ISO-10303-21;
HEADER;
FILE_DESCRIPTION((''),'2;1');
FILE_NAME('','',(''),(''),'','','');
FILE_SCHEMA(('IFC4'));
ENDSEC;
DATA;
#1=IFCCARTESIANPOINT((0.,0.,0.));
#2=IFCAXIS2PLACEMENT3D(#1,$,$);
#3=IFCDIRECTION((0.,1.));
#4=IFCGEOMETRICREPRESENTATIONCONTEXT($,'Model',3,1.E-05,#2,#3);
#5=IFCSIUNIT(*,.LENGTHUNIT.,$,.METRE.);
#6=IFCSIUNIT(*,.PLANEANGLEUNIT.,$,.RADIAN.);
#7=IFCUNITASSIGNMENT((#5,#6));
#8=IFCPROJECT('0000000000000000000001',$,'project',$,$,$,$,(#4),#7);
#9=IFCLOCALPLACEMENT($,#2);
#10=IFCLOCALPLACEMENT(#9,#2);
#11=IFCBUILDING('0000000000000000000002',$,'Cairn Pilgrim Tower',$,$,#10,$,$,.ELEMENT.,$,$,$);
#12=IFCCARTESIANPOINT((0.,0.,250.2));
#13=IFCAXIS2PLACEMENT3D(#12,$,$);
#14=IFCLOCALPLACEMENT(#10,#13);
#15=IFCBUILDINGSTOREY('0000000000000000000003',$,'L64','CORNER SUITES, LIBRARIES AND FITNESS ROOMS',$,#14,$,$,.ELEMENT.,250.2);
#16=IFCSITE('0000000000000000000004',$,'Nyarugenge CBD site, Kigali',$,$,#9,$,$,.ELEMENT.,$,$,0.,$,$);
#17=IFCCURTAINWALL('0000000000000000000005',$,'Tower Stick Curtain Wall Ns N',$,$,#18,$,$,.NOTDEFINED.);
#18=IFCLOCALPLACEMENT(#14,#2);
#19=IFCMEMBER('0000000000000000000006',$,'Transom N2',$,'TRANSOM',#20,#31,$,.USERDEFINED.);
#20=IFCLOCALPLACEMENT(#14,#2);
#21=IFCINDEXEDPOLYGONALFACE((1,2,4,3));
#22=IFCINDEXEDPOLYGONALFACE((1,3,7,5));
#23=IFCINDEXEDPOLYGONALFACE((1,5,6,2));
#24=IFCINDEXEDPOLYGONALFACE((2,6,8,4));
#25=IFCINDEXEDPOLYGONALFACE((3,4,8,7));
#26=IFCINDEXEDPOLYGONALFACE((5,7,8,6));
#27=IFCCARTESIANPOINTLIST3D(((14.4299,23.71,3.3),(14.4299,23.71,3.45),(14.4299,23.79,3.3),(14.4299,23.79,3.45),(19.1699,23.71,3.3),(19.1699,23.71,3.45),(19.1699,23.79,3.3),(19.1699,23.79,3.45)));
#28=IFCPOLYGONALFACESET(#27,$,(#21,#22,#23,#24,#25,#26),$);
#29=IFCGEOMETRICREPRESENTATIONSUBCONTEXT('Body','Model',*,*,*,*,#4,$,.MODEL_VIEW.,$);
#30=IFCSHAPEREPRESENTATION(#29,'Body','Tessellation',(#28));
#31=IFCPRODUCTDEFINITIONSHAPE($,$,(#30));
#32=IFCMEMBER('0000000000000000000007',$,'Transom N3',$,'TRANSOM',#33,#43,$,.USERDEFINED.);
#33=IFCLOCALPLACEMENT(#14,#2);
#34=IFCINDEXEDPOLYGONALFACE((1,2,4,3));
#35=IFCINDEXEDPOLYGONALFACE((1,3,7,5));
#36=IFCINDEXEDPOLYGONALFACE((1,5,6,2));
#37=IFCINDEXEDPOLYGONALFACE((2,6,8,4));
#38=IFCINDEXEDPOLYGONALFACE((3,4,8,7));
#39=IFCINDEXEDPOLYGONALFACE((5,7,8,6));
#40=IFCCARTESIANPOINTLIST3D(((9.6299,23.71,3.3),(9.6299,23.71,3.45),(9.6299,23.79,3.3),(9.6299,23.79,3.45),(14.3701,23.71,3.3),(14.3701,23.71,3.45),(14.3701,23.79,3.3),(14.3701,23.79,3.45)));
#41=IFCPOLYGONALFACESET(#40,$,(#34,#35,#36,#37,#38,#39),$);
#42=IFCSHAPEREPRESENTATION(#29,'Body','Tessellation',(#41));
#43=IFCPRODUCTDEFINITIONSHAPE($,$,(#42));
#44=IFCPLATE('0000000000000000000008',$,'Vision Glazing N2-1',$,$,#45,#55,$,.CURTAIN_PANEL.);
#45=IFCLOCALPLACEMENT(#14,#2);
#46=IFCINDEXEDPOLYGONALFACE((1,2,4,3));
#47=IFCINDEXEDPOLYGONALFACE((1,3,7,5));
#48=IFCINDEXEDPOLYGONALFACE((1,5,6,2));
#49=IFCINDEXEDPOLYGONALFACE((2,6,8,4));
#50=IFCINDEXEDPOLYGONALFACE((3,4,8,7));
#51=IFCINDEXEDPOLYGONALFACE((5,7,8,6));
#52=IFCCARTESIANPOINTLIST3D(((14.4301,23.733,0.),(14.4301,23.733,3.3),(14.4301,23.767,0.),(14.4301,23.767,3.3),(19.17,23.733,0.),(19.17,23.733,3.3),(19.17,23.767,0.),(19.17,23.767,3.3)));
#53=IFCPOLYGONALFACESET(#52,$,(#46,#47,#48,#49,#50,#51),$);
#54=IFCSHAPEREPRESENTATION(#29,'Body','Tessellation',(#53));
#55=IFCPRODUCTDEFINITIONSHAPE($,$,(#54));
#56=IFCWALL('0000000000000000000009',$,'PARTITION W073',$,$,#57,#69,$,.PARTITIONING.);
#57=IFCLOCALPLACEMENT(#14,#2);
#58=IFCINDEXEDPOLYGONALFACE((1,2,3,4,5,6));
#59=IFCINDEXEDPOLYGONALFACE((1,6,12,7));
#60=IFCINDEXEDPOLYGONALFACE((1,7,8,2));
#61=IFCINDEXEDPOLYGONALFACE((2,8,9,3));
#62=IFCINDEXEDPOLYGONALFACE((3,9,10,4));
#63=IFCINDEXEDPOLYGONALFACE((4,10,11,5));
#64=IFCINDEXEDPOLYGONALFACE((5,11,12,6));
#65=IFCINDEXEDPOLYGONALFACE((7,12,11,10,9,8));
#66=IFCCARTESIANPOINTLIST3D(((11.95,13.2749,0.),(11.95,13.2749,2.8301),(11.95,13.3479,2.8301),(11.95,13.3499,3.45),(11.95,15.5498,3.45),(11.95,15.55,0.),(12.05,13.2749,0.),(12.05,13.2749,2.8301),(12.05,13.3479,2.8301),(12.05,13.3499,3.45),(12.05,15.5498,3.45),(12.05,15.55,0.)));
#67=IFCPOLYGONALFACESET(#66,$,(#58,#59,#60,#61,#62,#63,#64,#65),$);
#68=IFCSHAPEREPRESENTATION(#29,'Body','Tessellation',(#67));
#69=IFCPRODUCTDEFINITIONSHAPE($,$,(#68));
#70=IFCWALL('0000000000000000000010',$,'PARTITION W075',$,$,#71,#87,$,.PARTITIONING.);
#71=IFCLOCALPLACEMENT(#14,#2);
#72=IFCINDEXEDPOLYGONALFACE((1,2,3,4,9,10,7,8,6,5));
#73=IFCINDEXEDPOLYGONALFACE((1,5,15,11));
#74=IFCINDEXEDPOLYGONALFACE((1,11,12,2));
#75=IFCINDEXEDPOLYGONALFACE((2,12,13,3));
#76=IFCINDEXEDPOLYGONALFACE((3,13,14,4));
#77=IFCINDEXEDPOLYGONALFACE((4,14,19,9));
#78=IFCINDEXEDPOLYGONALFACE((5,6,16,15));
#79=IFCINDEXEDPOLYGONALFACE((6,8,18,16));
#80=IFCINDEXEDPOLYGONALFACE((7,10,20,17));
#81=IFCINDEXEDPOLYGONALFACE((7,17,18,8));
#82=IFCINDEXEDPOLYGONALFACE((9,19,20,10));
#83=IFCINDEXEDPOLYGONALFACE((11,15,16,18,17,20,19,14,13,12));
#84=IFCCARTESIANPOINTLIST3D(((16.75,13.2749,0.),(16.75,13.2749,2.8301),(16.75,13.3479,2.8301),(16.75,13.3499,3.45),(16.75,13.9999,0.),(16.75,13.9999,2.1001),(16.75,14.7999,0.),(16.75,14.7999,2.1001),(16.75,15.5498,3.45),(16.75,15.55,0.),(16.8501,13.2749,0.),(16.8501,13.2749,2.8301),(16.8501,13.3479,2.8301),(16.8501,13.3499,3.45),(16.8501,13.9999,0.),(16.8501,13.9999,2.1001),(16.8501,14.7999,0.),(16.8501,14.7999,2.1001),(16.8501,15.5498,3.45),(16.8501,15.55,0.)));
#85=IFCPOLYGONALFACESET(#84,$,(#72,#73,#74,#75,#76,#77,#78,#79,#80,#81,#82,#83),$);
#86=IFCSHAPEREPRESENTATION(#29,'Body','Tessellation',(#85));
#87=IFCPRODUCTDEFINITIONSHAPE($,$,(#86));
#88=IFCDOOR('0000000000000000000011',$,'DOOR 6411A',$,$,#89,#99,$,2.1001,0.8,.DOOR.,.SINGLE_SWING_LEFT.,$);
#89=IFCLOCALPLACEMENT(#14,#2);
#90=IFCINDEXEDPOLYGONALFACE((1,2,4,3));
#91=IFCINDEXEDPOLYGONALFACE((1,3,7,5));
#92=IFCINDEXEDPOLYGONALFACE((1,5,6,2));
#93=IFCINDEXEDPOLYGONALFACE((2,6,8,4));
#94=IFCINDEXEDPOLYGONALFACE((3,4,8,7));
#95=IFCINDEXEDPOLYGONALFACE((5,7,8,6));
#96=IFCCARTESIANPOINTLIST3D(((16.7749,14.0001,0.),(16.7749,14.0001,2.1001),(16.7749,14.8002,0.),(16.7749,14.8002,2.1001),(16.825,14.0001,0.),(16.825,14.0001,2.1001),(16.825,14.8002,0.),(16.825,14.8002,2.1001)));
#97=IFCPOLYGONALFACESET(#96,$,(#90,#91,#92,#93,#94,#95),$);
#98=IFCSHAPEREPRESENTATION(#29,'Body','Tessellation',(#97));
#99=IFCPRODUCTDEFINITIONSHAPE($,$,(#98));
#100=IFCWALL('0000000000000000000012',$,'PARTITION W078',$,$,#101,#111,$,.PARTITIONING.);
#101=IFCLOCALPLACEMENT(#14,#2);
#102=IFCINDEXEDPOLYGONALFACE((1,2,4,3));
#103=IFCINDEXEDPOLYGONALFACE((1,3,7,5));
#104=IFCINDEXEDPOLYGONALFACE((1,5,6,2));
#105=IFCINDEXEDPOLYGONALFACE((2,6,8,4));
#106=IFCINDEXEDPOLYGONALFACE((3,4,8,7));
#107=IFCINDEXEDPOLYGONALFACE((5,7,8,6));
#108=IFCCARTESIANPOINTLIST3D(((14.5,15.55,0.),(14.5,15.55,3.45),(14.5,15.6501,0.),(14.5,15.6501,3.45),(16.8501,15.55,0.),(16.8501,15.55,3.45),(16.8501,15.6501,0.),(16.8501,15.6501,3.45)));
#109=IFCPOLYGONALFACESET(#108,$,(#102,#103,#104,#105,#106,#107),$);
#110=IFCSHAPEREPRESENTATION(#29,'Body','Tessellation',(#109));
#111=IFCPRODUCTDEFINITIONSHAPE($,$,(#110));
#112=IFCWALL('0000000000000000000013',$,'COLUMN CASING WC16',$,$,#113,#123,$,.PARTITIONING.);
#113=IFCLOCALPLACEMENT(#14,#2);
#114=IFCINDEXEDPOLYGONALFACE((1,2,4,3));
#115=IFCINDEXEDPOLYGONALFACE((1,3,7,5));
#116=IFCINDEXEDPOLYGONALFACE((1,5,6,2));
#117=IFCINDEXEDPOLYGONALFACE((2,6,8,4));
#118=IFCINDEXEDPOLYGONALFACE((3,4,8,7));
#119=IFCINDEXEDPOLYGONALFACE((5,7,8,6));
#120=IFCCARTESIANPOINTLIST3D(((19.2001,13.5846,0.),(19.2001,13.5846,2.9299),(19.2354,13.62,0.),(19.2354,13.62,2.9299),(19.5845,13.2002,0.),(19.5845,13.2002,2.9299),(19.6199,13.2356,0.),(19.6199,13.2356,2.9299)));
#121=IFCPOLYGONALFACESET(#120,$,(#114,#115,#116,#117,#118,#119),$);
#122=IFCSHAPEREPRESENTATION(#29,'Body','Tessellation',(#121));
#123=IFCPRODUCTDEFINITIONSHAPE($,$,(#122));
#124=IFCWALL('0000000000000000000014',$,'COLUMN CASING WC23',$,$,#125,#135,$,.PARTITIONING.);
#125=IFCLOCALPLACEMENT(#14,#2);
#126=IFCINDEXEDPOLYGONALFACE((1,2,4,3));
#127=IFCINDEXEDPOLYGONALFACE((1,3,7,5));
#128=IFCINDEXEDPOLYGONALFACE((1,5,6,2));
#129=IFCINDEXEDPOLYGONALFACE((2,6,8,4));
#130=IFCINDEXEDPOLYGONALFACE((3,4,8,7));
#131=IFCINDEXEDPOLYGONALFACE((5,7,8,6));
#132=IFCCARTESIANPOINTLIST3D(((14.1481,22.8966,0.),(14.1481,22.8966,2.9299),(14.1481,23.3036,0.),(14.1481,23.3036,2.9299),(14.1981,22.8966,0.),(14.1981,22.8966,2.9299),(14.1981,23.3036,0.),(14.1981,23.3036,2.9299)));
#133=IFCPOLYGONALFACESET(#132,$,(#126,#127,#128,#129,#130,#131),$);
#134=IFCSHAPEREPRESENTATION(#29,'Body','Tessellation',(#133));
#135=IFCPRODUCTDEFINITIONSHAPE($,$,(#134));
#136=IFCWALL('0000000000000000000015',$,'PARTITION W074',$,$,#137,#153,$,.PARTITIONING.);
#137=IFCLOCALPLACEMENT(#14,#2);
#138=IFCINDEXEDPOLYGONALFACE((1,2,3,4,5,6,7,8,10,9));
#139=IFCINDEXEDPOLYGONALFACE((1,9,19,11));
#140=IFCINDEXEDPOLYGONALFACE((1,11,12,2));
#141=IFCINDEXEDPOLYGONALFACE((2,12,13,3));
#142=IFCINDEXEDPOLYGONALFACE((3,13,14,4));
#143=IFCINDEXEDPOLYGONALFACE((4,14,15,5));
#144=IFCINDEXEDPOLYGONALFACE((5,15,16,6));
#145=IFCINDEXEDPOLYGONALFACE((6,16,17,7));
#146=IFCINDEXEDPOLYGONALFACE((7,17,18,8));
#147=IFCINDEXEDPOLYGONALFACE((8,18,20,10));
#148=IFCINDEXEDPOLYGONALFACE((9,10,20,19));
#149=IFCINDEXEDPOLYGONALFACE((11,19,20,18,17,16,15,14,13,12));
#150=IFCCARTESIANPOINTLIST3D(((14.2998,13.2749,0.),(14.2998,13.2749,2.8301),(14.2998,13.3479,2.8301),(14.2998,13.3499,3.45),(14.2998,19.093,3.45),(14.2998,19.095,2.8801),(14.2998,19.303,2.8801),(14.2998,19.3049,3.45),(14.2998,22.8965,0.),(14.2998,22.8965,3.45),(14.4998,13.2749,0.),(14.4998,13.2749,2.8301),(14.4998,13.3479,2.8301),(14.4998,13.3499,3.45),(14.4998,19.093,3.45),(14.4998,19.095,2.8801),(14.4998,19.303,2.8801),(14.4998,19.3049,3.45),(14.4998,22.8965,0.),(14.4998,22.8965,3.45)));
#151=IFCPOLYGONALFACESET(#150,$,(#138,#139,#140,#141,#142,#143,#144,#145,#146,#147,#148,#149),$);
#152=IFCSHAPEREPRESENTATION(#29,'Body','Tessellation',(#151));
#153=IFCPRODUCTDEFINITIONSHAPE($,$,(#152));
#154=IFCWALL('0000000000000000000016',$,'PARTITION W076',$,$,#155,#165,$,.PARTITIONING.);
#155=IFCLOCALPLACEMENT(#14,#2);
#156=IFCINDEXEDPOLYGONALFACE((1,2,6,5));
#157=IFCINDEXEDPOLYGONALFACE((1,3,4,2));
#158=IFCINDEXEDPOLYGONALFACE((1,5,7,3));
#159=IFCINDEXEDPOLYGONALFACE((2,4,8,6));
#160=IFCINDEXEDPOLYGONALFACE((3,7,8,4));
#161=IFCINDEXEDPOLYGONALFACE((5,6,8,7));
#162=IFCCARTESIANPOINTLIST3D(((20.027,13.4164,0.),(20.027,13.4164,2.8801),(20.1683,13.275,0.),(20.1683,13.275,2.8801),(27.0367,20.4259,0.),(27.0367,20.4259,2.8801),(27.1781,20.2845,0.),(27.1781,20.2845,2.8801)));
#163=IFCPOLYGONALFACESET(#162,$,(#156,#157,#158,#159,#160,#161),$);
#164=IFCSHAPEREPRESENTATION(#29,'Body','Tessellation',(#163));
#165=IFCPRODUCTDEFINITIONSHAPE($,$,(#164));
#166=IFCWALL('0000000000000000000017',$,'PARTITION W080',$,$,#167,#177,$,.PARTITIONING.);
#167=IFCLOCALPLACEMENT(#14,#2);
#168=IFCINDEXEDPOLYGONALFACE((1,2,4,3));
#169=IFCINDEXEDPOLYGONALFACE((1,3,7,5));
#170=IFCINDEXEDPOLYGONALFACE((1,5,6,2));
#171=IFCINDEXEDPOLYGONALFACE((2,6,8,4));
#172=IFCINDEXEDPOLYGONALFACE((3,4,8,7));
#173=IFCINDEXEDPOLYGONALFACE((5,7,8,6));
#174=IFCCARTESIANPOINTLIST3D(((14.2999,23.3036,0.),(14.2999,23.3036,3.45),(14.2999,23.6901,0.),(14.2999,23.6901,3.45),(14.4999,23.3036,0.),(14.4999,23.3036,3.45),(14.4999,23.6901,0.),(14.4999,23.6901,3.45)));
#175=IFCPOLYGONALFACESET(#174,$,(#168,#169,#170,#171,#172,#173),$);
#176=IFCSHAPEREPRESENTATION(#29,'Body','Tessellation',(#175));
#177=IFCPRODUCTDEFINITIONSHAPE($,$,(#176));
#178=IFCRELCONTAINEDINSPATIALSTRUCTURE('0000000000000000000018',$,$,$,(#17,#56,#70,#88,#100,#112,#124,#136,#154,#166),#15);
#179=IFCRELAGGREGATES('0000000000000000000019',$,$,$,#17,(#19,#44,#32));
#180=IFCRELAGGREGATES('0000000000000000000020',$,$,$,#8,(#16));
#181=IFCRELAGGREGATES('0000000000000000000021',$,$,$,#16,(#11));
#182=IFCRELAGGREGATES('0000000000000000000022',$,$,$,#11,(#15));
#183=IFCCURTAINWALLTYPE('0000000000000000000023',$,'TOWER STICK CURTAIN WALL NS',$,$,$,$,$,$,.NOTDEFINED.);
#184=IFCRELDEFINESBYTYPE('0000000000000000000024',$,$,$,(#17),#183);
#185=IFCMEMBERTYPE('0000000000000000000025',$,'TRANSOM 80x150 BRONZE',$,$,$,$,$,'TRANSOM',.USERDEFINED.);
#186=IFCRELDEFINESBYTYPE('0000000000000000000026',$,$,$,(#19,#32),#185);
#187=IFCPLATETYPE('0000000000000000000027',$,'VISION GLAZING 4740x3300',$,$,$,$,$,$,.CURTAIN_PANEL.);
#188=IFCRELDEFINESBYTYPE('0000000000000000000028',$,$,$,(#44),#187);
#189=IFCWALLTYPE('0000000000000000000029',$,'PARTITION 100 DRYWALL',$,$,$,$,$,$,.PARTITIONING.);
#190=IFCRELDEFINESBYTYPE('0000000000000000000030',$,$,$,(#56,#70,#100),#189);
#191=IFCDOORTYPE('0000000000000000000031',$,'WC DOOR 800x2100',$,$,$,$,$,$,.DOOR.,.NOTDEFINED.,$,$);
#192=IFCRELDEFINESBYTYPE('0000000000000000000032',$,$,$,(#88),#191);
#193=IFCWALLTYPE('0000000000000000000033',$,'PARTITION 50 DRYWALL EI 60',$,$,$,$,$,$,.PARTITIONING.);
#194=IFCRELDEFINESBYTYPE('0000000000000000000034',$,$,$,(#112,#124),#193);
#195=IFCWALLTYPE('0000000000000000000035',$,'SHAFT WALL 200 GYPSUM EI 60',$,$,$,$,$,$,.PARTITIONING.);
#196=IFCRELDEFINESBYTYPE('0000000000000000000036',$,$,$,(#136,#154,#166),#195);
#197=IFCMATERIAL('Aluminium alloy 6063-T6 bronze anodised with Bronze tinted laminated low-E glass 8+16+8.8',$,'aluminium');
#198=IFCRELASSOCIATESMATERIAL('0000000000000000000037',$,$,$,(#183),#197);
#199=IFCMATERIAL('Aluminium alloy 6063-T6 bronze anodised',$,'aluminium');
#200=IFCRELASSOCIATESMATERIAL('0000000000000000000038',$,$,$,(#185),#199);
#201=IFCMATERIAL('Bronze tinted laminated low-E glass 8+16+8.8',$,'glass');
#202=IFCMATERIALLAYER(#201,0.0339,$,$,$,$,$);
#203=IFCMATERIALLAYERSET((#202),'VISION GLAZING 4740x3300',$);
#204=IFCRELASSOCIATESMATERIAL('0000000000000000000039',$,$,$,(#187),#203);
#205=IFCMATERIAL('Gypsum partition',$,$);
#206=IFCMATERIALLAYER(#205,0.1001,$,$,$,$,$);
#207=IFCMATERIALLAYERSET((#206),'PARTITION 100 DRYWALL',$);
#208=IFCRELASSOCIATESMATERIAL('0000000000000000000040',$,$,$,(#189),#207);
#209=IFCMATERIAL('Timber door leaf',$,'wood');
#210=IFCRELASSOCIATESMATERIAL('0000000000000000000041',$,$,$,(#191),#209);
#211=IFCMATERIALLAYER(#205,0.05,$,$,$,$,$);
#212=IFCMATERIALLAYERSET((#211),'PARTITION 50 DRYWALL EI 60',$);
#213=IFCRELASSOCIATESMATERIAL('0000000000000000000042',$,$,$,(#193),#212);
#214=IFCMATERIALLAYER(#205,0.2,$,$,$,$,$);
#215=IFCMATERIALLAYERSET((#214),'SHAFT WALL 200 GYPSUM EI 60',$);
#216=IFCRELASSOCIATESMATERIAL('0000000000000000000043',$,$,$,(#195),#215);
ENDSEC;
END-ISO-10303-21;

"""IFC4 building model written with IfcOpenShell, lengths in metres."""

from ifc_helpers import new_model, si_unit, direction, frame, frame_2d, origin, origin_2d, place, context, subcontext, project, spatial, polyline, rectangle, outline, extrude, material, layer, layer_set, material_profile, profile_set, type_object, element, fill, aggregate, save


model = new_model("IFC4")

# Units and contexts
model_context = context("Model", 3, precision=1e-05, world=origin(), true_north=direction((0.0, 1.0)))
body_context = subcontext(model_context, "Body", "Model", "MODEL_VIEW")
ifc_project = project(units=[si_unit("LENGTHUNIT", "METRE"), si_unit("PLANEANGLEUNIT", "RADIAN")], contexts=[model_context])

# Site, building, storey
site_placement = place(None, origin())
site = spatial("IfcSite", under=ifc_project, at=site_placement, Name="Nyarugenge CBD site, Kigali", CompositionType="ELEMENT", RefElevation=0.0)
building_placement = place(site_placement, origin())
building = spatial("IfcBuilding", under=site, at=building_placement, Name="Cairn Pilgrim Tower", CompositionType="ELEMENT")
storey_placement = place(building_placement, frame((0.0, 0.0, 250.2)))
storey = spatial("IfcBuildingStorey", under=building, at=storey_placement, Name="L64", Description="CORNER SUITES, LIBRARIES AND FITNESS ROOMS", CompositionType="ELEMENT", Elevation=250.2)

# Shared definitions
ifc_material_1 = material(Name="Aluminium alloy 6063-T6 bronze anodised with Bronze tinted laminated low-E glass 8+16+8.8", Category="aluminium")
ifc_material_2 = material(Name="Aluminium alloy 6063-T6 bronze anodised", Category="aluminium")

# Curtain wall
curtain_wall_type_1 = type_object("IfcCurtainWallType", Name="TOWER STICK CURTAIN WALL NS", PredefinedType="NOTDEFINED", material=ifc_material_1)
curtain_wall_1_placement = place(storey_placement, origin())
curtain_wall_1 = element("IfcCurtainWall", 1, at=curtain_wall_1_placement, inside=storey, type_object=curtain_wall_type_1, Name="Tower Stick Curtain Wall Ns N", PredefinedType="NOTDEFINED")

# Members
ifc_material_profile_1 = material_profile(ifc_material_2, rectangle(XDim=0.0801, YDim=0.1499, at=origin_2d()), Name="TRANSOM 80x150 BRONZE")
ifc_profile_set_1 = profile_set([ifc_material_profile_1], Name="Aluminium alloy 6063-T6 bronze anodised")
member_type_1 = type_object("IfcMemberType", Name="TRANSOM 80x150 BRONZE", ElementType="TRANSOM", PredefinedType="USERDEFINED", material=ifc_profile_set_1)
member_1_placement = place(storey_placement, frame((19.1699, 23.75, 3.375), z_axis=(-1.0, 0.0, 0.0), x_axis=(0.0, -1.0, 0.0)))
member_1 = element("IfcMember", 2, at=member_1_placement, type_object=member_type_1, Name="Transom N2", ObjectType="TRANSOM", PredefinedType="USERDEFINED", context=body_context, shape_type="SweptSolid", body=[
    extrude(rectangle(XDim=0.0801, YDim=0.1499, at=origin_2d()), origin(), (0.0, 0.0, 1.0), 4.74),
])
member_2_placement = place(storey_placement, frame((14.3701, 23.75, 3.375), z_axis=(-1.0, 0.0, 0.0), x_axis=(0.0, -1.0, 0.0)))
member_2 = element("IfcMember", 3, at=member_2_placement, type_object=member_type_1, Name="Transom N3", ObjectType="TRANSOM", PredefinedType="USERDEFINED", context=body_context, shape_type="SweptSolid", body=[
    extrude(rectangle(XDim=0.0801, YDim=0.1499, at=origin_2d()), origin(), (0.0, 0.0, 1.0), 4.7402),
])

# Plate
ifc_material_3 = material(Name="Bronze tinted laminated low-E glass 8+16+8.8", Category="glass")
ifc_layer_1 = layer(ifc_material_3, 0.0339)
ifc_layer_set_1 = layer_set([ifc_layer_1], Name="VISION GLAZING 4740x3300")
plate_type = type_object("IfcPlateType", Name="VISION GLAZING 4740x3300", PredefinedType="CURTAIN_PANEL", material=ifc_layer_set_1)
plate_placement = place(storey_placement, frame((16.8, 23.75, 0.0), z_axis=(0.0, 0.0, 1.0), x_axis=(-1.0, 0.0, 0.0)))
plate = element("IfcPlate", 4, at=plate_placement, type_object=plate_type, Name="Vision Glazing N2-1", PredefinedType="CURTAIN_PANEL", context=body_context, shape_type="SweptSolid", body=[
    extrude(rectangle(XDim=4.74, YDim=0.0339, at=origin_2d()), origin(), (0.0, 0.0, 1.0), 3.3),
])
aggregate(curtain_wall_1, [member_1, plate, member_2])

# Wall
ifc_material_4 = material(Name="Gypsum partition")
ifc_layer_2 = layer(ifc_material_4, 0.1001)
ifc_layer_set_2 = layer_set([ifc_layer_2], Name="PARTITION 100 DRYWALL")
wall_type_1 = type_object("IfcWallType", Name="PARTITION 100 DRYWALL", PredefinedType="PARTITIONING", material=ifc_layer_set_2)
wall_1_placement = place(storey_placement, frame((12.0, 13.2749, 0.0), z_axis=(0.0, 0.0, 1.0), x_axis=(0.0, 1.0, 0.0)))
element("IfcWall", 5, at=wall_1_placement, inside=storey, type_object=wall_type_1, Name="PARTITION W073", PredefinedType="PARTITIONING", context=body_context, shape_type="SweptSolid", body=[
    extrude(outline(polyline([(0.0, 0.0), (2.2751, 0.0), (2.2749, 3.45), (0.075, 3.45), (0.073, 2.8301), (0.0, 2.8301), (0.0, 0.0)])), frame((0.0, 0.05, 0.0), z_axis=(0.0, -1.0, 0.0), x_axis=(1.0, 0.0, 0.0)), (0.0, 0.0, 1.0), 0.1001),
])

# Wall, opening, door
wall_2_placement = place(storey_placement, frame((16.8, 13.2749, 0.0), z_axis=(0.0, 0.0, 1.0), x_axis=(0.0, 1.0, 0.0)))
wall_2 = element("IfcWall", 6, at=wall_2_placement, inside=storey, type_object=wall_type_1, Name="PARTITION W075", PredefinedType="PARTITIONING", context=body_context, shape_type="SweptSolid", body=[
    extrude(outline(polyline([(0.0, 0.0), (2.2751, 0.0), (2.2749, 3.45), (0.075, 3.45), (0.073, 2.8301), (0.0, 2.8301), (0.0, 0.0)])), frame((0.0, 0.05, 0.0), z_axis=(0.0, -1.0, 0.0), x_axis=(1.0, 0.0, 0.0)), (0.0, 0.0, 1.0), 0.1001),
])
opening_1_placement = place(wall_2_placement, frame((0.7251, 0.0, 0.0)))
opening_1 = element("IfcOpeningElement", 7, at=opening_1_placement, cuts=wall_2, PredefinedType="OPENING", context=body_context, shape_type="SweptSolid", body=[
    extrude(rectangle(XDim=0.8, YDim=2.1001, at=frame_2d((0.3999, 1.05))), frame((0.0, 0.0601, 0.0), z_axis=(0.0, -1.0, 0.0), x_axis=(1.0, 0.0, 0.0)), (0.0, 0.0, 1.0), 0.1201),
])
ifc_material_5 = material(Name="Timber door leaf", Category="wood")
door_type_1 = type_object("IfcDoorType", Name="WC DOOR 800x2100", OperationType="NOTDEFINED", PredefinedType="DOOR", material=ifc_material_5)
door_1_placement = place(opening_1_placement, frame((0.8, 0.0, 0.0), z_axis=(0.0, 0.0, 1.0), x_axis=(-1.0, 0.0, 0.0)))
door_1 = element("IfcDoor", 8, at=door_1_placement, inside=storey, type_object=door_type_1, Name="DOOR 6411A", OperationType="SINGLE_SWING_LEFT", OverallHeight=2.1001, OverallWidth=0.8, PredefinedType="DOOR", context=body_context, shape_type="SweptSolid", body=[
    extrude(rectangle(XDim=0.8, YDim=2.1001, at=frame_2d((0.3999, 1.05))), frame((0.0, 0.0249, 0.0), z_axis=(0.0, -1.0, 0.0), x_axis=(1.0, 0.0, 0.0)), (0.0, 0.0, 1.0), 0.05),
])
fill(opening_1, door_1)

# Walls
wall_3_placement = place(storey_placement, frame((14.5, 15.6001, 0.0), z_axis=(0.0, 0.0, 1.0), x_axis=(1.0, 0.0, 0.0)))
element("IfcWall", 9, at=wall_3_placement, inside=storey, type_object=wall_type_1, Name="PARTITION W078", PredefinedType="PARTITIONING", context=body_context, shape_type="SweptSolid", body=[
    extrude(rectangle(XDim=2.3501, YDim=0.1001, at=frame_2d((1.175, 0.0))), origin(), (0.0, 0.0, 1.0), 3.45),
])
ifc_layer_3 = layer(ifc_material_4, 0.05)
ifc_layer_set_3 = layer_set([ifc_layer_3], Name="PARTITION 50 DRYWALL EI 60")
wall_type_2 = type_object("IfcWallType", Name="PARTITION 50 DRYWALL EI 60", PredefinedType="PARTITIONING", material=ifc_layer_set_3)
wall_4_placement = place(storey_placement, frame((19.6023, 13.2178, 0.0), z_axis=(0.0, 0.0, 1.0), x_axis=(-0.707107, 0.707107, 0.0)))
element("IfcWall", 10, at=wall_4_placement, inside=storey, type_object=wall_type_2, Name="COLUMN CASING WC16", PredefinedType="PARTITIONING", context=body_context, shape_type="SweptSolid", body=[
    extrude(rectangle(XDim=0.5437, YDim=0.05, at=frame_2d((0.272, 0.0))), origin(), (0.0, 0.0, 1.0), 2.9299),
])
wall_5_placement = place(storey_placement, frame((14.1731, 22.8965, 0.0), z_axis=(0.0, 0.0, 1.0), x_axis=(0.0, 1.0, 0.0)))
element("IfcWall", 11, at=wall_5_placement, inside=storey, type_object=wall_type_2, Name="COLUMN CASING WC23", PredefinedType="PARTITIONING", context=body_context, shape_type="SweptSolid", body=[
    extrude(rectangle(XDim=0.407, YDim=0.05, at=frame_2d((0.2036, 0.0))), origin(), (0.0, 0.0, 1.0), 2.9299),
])
ifc_layer_4 = layer(ifc_material_4, 0.2)
ifc_layer_set_4 = layer_set([ifc_layer_4], Name="SHAFT WALL 200 GYPSUM EI 60")
wall_type_3 = type_object("IfcWallType", Name="SHAFT WALL 200 GYPSUM EI 60", PredefinedType="PARTITIONING", material=ifc_layer_set_4)
wall_6_placement = place(storey_placement, frame((14.3999, 13.2749, 0.0), z_axis=(0.0, 0.0, 1.0), x_axis=(0.0, 1.0, 0.0)))
element("IfcWall", 12, at=wall_6_placement, inside=storey, type_object=wall_type_3, Name="PARTITION W074", PredefinedType="PARTITIONING", context=body_context, shape_type="SweptSolid", body=[
    extrude(outline(polyline([(0.0, 0.0), (9.6216, 0.0), (9.6216, 3.45), (6.03, 3.45), (6.0281, 2.8801), (5.8201, 2.8801), (5.8181, 3.45), (0.075, 3.45), (0.073, 2.8301), (0.0, 2.8301), (0.0, 0.0)])), frame((0.0, 0.1001, 0.0), z_axis=(0.0, -1.0, 0.0), x_axis=(1.0, 0.0, 0.0)), (0.0, 0.0, 1.0), 0.2),
])
wall_7_placement = place(storey_placement, frame((20.0977, 13.3457, 0.0), z_axis=(0.0, 0.0, 1.0), x_axis=(0.707119, 0.707094, 0.0)))
element("IfcWall", 13, at=wall_7_placement, inside=storey, type_object=wall_type_3, Name="PARTITION W076", PredefinedType="PARTITIONING", context=body_context, shape_type="SweptSolid", body=[
    extrude(rectangle(XDim=9.9131, YDim=0.2, at=frame_2d((4.9565, 0.0))), origin(), (0.0, 0.0, 1.0), 2.8801),
])
wall_8_placement = place(storey_placement, frame((14.3999, 23.3035, 0.0), z_axis=(0.0, 0.0, 1.0), x_axis=(0.0, 1.0, 0.0)))
element("IfcWall", 14, at=wall_8_placement, inside=storey, type_object=wall_type_3, Name="PARTITION W080", PredefinedType="PARTITIONING", context=body_context, shape_type="SweptSolid", body=[
    extrude(rectangle(XDim=0.3865, YDim=0.2, at=frame_2d((0.1934, 0.0))), origin(), (0.0, 0.0, 1.0), 3.45),
])

save(model, "model.ifc")
